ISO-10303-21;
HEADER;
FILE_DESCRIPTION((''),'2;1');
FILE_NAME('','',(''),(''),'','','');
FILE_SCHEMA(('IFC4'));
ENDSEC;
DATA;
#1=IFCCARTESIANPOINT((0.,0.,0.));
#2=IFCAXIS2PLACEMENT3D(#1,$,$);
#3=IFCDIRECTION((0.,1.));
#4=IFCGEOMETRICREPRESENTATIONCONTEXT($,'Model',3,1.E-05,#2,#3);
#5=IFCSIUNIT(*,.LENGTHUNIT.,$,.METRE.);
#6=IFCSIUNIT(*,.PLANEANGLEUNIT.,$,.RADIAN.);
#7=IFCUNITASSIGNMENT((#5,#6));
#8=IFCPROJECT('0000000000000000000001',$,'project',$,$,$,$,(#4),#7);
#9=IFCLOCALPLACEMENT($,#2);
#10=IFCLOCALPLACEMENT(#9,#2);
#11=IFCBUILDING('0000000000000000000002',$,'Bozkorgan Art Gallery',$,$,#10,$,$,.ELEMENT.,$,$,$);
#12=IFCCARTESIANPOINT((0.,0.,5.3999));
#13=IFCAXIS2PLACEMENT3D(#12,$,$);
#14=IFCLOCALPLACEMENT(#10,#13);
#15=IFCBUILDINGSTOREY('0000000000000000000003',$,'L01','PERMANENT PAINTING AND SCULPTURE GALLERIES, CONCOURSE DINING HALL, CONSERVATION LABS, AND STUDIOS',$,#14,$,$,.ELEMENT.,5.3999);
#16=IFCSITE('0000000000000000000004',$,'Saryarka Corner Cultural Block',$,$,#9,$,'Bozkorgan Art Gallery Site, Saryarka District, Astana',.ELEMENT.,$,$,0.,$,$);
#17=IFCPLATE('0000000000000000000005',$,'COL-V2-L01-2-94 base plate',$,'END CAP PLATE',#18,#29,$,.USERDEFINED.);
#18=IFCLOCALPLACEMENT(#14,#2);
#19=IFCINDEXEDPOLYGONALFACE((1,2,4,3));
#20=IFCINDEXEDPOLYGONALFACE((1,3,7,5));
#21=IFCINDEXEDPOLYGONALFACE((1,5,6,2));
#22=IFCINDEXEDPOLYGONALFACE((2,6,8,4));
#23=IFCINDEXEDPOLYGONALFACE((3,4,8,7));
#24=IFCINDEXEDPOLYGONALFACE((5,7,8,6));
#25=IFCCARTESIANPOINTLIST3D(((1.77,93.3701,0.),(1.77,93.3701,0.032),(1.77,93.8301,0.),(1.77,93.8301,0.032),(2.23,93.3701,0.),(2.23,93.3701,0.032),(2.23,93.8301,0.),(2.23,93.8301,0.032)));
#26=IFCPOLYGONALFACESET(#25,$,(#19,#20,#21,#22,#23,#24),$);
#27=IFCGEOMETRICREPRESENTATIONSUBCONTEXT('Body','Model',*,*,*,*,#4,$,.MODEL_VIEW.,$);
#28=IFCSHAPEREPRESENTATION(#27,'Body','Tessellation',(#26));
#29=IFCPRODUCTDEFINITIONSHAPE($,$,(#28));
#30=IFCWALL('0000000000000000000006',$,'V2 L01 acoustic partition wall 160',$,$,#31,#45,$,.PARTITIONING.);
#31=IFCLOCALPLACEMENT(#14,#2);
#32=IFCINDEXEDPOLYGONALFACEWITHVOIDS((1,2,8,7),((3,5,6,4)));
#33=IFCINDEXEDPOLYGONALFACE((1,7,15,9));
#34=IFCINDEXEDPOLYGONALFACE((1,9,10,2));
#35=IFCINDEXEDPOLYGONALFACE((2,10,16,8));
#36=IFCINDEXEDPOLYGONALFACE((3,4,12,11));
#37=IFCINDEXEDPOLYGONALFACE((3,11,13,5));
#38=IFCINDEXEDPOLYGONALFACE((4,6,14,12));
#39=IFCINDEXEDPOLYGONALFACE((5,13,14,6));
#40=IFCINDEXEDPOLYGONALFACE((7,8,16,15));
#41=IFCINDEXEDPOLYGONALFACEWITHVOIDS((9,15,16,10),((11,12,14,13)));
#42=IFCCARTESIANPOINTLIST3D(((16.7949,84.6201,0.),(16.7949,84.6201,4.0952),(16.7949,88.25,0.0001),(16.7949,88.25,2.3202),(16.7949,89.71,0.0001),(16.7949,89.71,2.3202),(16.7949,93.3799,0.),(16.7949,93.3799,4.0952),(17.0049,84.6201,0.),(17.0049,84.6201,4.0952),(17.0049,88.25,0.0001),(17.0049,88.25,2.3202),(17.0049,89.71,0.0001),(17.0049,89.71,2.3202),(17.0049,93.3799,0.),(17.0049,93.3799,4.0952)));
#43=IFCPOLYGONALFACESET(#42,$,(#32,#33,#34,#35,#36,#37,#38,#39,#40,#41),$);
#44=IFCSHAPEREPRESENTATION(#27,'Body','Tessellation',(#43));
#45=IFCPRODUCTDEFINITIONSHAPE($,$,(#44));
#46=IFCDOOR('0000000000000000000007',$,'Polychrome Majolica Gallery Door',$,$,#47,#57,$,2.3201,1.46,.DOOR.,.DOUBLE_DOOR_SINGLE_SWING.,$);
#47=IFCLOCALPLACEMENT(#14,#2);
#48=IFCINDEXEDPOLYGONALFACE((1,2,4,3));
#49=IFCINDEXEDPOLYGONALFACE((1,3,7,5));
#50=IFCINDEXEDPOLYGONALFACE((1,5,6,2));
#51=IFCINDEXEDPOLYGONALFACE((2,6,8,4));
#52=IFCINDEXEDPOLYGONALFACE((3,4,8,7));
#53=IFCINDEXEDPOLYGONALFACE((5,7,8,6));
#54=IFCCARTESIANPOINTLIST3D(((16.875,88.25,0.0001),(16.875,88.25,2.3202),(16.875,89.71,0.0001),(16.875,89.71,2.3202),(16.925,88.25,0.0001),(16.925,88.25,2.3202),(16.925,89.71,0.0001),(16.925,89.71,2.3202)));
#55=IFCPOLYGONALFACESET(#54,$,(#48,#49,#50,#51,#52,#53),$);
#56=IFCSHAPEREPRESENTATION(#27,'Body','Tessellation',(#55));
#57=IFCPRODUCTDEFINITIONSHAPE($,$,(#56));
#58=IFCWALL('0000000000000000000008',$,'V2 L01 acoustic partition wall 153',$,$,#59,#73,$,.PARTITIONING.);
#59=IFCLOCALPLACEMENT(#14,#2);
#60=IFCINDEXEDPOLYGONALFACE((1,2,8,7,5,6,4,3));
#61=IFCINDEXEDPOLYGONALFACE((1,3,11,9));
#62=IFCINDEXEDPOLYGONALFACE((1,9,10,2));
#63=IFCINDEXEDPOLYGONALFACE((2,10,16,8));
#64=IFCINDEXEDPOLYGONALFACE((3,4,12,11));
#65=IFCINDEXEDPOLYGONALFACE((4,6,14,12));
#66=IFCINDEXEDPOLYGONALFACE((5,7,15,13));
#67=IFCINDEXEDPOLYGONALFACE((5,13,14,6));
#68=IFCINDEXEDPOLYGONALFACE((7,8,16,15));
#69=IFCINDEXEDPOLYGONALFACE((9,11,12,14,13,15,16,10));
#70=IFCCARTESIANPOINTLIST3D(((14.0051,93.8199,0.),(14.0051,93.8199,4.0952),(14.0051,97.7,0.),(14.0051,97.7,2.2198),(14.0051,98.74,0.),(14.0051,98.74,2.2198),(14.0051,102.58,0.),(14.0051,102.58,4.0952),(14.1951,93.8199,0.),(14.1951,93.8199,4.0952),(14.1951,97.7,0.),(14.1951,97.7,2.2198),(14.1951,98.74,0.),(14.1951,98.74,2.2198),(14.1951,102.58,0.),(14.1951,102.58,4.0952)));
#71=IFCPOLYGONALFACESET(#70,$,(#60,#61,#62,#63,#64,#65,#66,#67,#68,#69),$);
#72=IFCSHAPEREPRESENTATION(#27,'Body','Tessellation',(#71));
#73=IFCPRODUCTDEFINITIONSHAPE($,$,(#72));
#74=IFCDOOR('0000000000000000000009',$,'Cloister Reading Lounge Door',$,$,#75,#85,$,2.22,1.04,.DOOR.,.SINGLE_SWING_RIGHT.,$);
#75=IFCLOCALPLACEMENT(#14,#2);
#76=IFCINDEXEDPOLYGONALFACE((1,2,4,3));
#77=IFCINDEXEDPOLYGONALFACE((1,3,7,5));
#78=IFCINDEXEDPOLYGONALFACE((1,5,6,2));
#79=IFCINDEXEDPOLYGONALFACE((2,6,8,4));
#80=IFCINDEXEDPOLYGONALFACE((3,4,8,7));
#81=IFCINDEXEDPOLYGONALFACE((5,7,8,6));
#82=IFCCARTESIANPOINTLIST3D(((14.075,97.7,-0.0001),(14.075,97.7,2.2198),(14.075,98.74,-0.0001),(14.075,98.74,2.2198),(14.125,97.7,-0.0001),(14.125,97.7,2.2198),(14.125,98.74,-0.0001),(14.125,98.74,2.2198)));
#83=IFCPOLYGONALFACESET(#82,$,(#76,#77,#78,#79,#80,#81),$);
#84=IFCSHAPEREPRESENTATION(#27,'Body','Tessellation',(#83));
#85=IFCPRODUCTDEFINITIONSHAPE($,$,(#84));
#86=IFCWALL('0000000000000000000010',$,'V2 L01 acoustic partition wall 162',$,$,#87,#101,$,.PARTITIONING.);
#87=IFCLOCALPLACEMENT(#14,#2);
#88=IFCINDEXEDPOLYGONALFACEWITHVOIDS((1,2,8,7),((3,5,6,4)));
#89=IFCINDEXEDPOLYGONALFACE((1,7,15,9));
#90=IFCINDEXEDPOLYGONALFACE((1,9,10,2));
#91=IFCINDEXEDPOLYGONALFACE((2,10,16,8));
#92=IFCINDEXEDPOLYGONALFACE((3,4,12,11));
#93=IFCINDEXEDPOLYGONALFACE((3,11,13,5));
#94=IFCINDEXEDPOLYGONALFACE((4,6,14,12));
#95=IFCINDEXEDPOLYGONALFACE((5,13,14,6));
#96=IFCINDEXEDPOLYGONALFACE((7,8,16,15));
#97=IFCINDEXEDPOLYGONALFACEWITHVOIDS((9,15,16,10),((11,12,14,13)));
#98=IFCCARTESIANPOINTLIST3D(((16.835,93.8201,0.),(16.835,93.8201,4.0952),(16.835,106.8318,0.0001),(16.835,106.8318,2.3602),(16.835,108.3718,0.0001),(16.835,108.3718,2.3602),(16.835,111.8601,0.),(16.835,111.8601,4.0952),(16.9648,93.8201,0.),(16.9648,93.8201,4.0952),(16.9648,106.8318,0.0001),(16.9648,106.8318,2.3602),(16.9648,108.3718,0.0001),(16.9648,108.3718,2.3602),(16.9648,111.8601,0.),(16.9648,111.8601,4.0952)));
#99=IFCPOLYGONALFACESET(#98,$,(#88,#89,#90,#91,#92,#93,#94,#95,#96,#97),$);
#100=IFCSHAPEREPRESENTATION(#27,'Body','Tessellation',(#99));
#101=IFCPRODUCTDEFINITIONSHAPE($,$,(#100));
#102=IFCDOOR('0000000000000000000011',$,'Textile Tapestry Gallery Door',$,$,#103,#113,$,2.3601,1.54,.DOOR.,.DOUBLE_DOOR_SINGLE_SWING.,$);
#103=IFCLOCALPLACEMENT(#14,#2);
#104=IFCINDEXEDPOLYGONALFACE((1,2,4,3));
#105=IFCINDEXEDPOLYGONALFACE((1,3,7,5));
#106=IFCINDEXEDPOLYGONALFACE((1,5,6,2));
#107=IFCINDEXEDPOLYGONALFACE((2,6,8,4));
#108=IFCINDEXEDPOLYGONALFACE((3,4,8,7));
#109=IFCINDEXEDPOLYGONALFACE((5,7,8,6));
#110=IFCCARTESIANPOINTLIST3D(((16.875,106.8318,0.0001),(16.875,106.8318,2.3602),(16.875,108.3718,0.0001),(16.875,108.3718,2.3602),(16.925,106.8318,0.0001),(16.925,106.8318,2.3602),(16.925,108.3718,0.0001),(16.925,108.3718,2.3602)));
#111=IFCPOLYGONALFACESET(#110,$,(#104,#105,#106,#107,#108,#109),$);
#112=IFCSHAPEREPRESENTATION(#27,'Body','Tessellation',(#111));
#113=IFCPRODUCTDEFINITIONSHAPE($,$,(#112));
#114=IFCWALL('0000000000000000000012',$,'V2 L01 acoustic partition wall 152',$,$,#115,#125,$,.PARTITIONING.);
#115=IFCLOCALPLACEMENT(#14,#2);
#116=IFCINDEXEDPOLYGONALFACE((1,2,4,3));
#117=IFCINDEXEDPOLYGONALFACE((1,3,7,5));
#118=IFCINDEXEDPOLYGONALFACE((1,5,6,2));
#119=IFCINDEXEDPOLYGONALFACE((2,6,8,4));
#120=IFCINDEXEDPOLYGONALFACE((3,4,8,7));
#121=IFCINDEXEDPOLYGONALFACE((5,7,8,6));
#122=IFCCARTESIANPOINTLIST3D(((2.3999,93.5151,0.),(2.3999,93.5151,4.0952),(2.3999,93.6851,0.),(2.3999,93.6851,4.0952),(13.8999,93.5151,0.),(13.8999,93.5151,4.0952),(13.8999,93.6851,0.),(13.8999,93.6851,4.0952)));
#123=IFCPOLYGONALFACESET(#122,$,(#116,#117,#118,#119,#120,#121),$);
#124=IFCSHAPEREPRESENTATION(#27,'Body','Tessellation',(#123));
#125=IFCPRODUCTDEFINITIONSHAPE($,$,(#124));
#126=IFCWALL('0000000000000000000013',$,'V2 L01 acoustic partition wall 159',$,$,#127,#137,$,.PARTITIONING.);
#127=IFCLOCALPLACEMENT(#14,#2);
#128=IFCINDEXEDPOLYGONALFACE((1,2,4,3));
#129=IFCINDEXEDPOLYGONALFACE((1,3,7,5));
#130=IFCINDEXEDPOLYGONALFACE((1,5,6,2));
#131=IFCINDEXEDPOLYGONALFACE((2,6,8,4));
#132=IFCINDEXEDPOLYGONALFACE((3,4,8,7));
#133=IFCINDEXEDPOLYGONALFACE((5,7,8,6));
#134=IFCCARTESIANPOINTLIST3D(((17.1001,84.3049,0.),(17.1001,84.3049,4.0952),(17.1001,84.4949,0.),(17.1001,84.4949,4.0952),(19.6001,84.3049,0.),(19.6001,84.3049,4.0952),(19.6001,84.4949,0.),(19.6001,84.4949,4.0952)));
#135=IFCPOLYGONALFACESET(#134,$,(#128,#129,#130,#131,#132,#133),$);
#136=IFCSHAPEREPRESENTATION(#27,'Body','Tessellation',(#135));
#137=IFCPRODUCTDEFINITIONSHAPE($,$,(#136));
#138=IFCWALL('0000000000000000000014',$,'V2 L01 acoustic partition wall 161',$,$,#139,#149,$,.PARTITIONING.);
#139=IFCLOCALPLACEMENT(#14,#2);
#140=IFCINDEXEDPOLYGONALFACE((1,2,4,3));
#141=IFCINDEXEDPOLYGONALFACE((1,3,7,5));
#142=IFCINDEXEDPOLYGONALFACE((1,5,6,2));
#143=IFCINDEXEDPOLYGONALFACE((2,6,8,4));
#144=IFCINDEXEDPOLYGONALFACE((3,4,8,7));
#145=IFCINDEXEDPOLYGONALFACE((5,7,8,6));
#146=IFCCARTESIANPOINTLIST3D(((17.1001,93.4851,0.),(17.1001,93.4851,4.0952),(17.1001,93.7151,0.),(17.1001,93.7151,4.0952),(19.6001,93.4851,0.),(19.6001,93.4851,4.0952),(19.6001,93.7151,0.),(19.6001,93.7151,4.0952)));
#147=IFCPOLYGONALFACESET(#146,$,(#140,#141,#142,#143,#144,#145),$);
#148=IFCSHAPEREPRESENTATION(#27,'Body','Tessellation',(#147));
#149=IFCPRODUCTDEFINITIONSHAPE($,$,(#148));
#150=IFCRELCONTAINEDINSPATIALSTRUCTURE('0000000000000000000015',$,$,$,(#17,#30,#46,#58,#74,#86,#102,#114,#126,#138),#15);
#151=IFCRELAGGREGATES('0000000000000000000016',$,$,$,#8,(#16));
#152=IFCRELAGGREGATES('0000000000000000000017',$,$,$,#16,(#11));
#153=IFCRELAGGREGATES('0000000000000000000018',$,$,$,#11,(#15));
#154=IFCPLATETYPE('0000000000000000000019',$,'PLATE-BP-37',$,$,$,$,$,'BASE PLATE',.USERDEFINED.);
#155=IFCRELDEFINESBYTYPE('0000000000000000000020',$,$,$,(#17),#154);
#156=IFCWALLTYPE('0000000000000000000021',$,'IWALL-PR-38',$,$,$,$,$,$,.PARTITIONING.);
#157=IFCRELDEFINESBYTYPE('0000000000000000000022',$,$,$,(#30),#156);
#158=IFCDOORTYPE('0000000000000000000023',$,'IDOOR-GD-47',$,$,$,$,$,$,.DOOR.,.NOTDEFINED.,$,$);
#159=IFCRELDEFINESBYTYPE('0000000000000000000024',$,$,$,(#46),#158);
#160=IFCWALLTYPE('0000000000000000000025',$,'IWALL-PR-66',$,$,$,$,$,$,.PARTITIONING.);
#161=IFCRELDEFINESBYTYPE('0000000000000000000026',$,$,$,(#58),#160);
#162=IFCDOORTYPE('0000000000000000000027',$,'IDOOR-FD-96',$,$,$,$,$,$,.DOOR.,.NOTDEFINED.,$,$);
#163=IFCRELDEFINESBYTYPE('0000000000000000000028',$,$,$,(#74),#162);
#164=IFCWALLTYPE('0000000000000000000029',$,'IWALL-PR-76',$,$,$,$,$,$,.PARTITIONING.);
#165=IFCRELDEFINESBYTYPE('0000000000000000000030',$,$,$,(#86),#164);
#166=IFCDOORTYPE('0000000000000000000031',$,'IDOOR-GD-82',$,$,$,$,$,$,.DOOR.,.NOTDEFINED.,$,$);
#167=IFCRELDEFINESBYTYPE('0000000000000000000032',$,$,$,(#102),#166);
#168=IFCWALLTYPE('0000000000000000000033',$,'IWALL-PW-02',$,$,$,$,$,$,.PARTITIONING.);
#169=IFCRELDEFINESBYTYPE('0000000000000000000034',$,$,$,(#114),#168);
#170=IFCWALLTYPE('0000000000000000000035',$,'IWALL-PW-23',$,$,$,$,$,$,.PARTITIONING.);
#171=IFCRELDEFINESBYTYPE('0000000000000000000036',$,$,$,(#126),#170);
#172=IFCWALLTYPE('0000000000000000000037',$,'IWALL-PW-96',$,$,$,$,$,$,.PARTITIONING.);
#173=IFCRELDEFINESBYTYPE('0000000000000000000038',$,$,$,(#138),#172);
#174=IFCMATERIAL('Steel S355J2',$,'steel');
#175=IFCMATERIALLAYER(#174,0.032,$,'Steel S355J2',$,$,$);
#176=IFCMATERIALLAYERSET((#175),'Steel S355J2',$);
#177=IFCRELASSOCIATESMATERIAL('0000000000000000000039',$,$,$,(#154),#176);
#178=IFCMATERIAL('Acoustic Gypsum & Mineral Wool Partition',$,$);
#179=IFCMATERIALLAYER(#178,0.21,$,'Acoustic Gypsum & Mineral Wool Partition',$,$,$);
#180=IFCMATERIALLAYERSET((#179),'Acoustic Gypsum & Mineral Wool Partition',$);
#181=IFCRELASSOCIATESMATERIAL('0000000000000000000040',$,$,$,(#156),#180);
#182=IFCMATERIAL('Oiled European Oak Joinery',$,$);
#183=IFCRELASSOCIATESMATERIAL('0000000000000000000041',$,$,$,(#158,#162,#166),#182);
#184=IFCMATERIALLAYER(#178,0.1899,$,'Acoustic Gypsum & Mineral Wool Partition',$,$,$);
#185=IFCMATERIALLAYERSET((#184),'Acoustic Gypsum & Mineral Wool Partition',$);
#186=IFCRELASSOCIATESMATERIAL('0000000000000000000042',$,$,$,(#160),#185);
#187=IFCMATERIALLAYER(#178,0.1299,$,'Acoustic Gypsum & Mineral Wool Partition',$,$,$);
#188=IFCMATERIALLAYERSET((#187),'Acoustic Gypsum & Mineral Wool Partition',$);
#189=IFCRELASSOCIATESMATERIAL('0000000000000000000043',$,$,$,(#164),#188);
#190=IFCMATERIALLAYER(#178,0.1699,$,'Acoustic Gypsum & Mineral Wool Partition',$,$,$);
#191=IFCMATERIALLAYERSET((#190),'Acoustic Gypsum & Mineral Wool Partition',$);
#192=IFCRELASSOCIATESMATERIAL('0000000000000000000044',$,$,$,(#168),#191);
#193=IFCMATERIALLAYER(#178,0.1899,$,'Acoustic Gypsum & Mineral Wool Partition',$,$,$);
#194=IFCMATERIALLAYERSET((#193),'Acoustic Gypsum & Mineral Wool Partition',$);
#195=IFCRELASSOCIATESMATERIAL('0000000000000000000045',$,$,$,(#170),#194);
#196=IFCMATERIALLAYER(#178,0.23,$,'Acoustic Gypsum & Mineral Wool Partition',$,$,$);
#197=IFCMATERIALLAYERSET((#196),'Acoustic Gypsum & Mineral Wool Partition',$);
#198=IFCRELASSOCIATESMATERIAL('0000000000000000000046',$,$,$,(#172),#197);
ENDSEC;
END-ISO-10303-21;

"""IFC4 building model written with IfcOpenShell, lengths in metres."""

from ifc_helpers import new_model, si_unit, direction, frame, frame_2d, origin, origin_2d, place, context, subcontext, project, spatial, rectangle, extrude, material, layer, layer_set, type_object, element, fill, save


model = new_model("IFC4")

# Units and contexts
model_context = context("Model", 3, precision=1e-05, world=origin(), true_north=direction((0.0, 1.0)))
body_context = subcontext(model_context, "Body", "Model", "MODEL_VIEW")
ifc_project = project(units=[si_unit("LENGTHUNIT", "METRE"), si_unit("PLANEANGLEUNIT", "RADIAN")], contexts=[model_context])

# Site, building, storey
site_placement = place(None, origin())
site = spatial("IfcSite", under=ifc_project, at=site_placement, Name="Saryarka Corner Cultural Block", LongName="Bozkorgan Art Gallery Site, Saryarka District, Astana", CompositionType="ELEMENT", RefElevation=0.0)
building_placement = place(site_placement, origin())
building = spatial("IfcBuilding", under=site, at=building_placement, Name="Bozkorgan Art Gallery", CompositionType="ELEMENT")
storey_placement = place(building_placement, frame((0.0, 0.0, 5.3999)))
storey = spatial("IfcBuildingStorey", under=building, at=storey_placement, Name="L01", Description="PERMANENT PAINTING AND SCULPTURE GALLERIES, CONCOURSE DINING HALL, CONSERVATION LABS, AND STUDIOS", CompositionType="ELEMENT", Elevation=5.3999)

# Shared definitions
ifc_material_1 = material(Name="Steel S355J2", Category="steel")

# Plate
ifc_layer_1 = layer(ifc_material_1, 0.032, Name="Steel S355J2")
ifc_layer_set_1 = layer_set([ifc_layer_1], Name="Steel S355J2")
plate_type_1 = type_object("IfcPlateType", Name="PLATE-BP-37", ElementType="BASE PLATE", PredefinedType="USERDEFINED", material=ifc_layer_set_1)
plate_1_placement = place(storey_placement, frame((2.0, 93.6001, 0.0), z_axis=(0.0, 0.0, 1.0), x_axis=(1.0, 0.0, 0.0)))
element("IfcPlate", 1, at=plate_1_placement, inside=storey, type_object=plate_type_1, Name="COL-V2-L01-2-94 base plate", ObjectType="END CAP PLATE", PredefinedType="USERDEFINED", context=body_context, shape_type="SweptSolid", body=[
    extrude(rectangle(XDim=0.46, YDim=0.46, at=origin_2d()), origin(), (0.0, 0.0, 1.0), 0.032),
])

# Walls, openings, doors
ifc_material_2 = material(Name="Acoustic Gypsum & Mineral Wool Partition")
ifc_layer_2 = layer(ifc_material_2, 0.21, Name="Acoustic Gypsum & Mineral Wool Partition")
ifc_layer_set_2 = layer_set([ifc_layer_2], Name="Acoustic Gypsum & Mineral Wool Partition")
wall_type_1 = type_object("IfcWallType", Name="IWALL-PR-38", PredefinedType="PARTITIONING", material=ifc_layer_set_2)
wall_1_placement = place(storey_placement, frame((16.8999, 84.6201, 0.0), z_axis=(0.0, 0.0, 1.0), x_axis=(0.0, 1.0, 0.0)))
wall_1 = element("IfcWall", 2, at=wall_1_placement, inside=storey, type_object=wall_type_1, Name="V2 L01 acoustic partition wall 160", PredefinedType="PARTITIONING", context=body_context, shape_type="SweptSolid", body=[
    extrude(rectangle(XDim=8.7598, YDim=0.21, at=frame_2d((4.3799, 0.0))), origin(), (0.0, 0.0, 1.0), 4.0952),
])
opening_1_placement = place(wall_1_placement, frame((3.6299, 0.0, 0.0)))
opening_1 = element("IfcOpeningElement", 3, at=opening_1_placement, cuts=wall_1, PredefinedType="OPENING", context=body_context, shape_type="SweptSolid", body=[
    extrude(rectangle(XDim=1.46, YDim=2.3201, at=frame_2d((0.73, 1.1602))), frame((0.0, 0.115, 0.0), z_axis=(0.0, -1.0, 0.0), x_axis=(1.0, 0.0, 0.0)), (0.0, 0.0, 1.0), 0.23),
])
ifc_material_3 = material(Name="Oiled European Oak Joinery")
door_type_1 = type_object("IfcDoorType", Name="IDOOR-GD-47", OperationType="NOTDEFINED", PredefinedType="DOOR", material=ifc_material_3)
door_1_placement = place(opening_1_placement, origin())
door_1 = element("IfcDoor", 4, at=door_1_placement, inside=storey, type_object=door_type_1, Name="Polychrome Majolica Gallery Door", OperationType="DOUBLE_DOOR_SINGLE_SWING", OverallHeight=2.3201, OverallWidth=1.46, PredefinedType="DOOR", context=body_context, shape_type="SweptSolid", body=[
    extrude(rectangle(XDim=1.46, YDim=2.3201, at=frame_2d((0.73, 1.1602))), frame((0.0, 0.0249, 0.0), z_axis=(0.0, -1.0, 0.0), x_axis=(1.0, 0.0, 0.0)), (0.0, 0.0, 1.0), 0.05),
])
fill(opening_1, door_1)
ifc_layer_3 = layer(ifc_material_2, 0.1899, Name="Acoustic Gypsum & Mineral Wool Partition")
ifc_layer_set_3 = layer_set([ifc_layer_3], Name="Acoustic Gypsum & Mineral Wool Partition")
wall_type_2 = type_object("IfcWallType", Name="IWALL-PR-66", PredefinedType="PARTITIONING", material=ifc_layer_set_3)
wall_2_placement = place(storey_placement, frame((14.1001, 93.8201, 0.0), z_axis=(0.0, 0.0, 1.0), x_axis=(0.0, 1.0, 0.0)))
wall_2 = element("IfcWall", 5, at=wall_2_placement, inside=storey, type_object=wall_type_2, Name="V2 L01 acoustic partition wall 153", PredefinedType="PARTITIONING", context=body_context, shape_type="SweptSolid", body=[
    extrude(rectangle(XDim=8.76, YDim=0.1899, at=frame_2d((4.3799, 0.0))), origin(), (0.0, 0.0, 1.0), 4.0952),
])
opening_2_placement = place(wall_2_placement, frame((4.9199, 0.0, 0.0), z_axis=(0.0, 0.0, 1.0), x_axis=(-1.0, 0.0, 0.0)))
opening_2 = element("IfcOpeningElement", 6, at=opening_2_placement, cuts=wall_2, PredefinedType="OPENING", context=body_context, shape_type="SweptSolid", body=[
    extrude(rectangle(XDim=1.04, YDim=2.22, at=frame_2d((0.52, 1.1099))), frame((0.0, 0.105, 0.0), z_axis=(0.0, -1.0, 0.0), x_axis=(1.0, 0.0, 0.0)), (0.0, 0.0, 1.0), 0.21),
])
door_type_2 = type_object("IfcDoorType", Name="IDOOR-FD-96", OperationType="NOTDEFINED", PredefinedType="DOOR", material=ifc_material_3)
door_2_placement = place(opening_2_placement, origin())
door_2 = element("IfcDoor", 7, at=door_2_placement, inside=storey, type_object=door_type_2, Name="Cloister Reading Lounge Door", OperationType="SINGLE_SWING_RIGHT", OverallHeight=2.22, OverallWidth=1.04, PredefinedType="DOOR", context=body_context, shape_type="SweptSolid", body=[
    extrude(rectangle(XDim=1.04, YDim=2.22, at=frame_2d((0.52, 1.1099))), frame((0.0, 0.0249, 0.0), z_axis=(0.0, -1.0, 0.0), x_axis=(1.0, 0.0, 0.0)), (0.0, 0.0, 1.0), 0.05),
])
fill(opening_2, door_2)
ifc_layer_4 = layer(ifc_material_2, 0.1299, Name="Acoustic Gypsum & Mineral Wool Partition")
ifc_layer_set_4 = layer_set([ifc_layer_4], Name="Acoustic Gypsum & Mineral Wool Partition")
wall_type_3 = type_object("IfcWallType", Name="IWALL-PR-76", PredefinedType="PARTITIONING", material=ifc_layer_set_4)
wall_3_placement = place(storey_placement, frame((16.8999, 93.8201, 0.0), z_axis=(0.0, 0.0, 1.0), x_axis=(0.0, 1.0, 0.0)))
wall_3 = element("IfcWall", 8, at=wall_3_placement, inside=storey, type_object=wall_type_3, Name="V2 L01 acoustic partition wall 162", PredefinedType="PARTITIONING", context=body_context, shape_type="SweptSolid", body=[
    extrude(rectangle(XDim=18.04, YDim=0.1299, at=frame_2d((9.02, 0.0))), origin(), (0.0, 0.0, 1.0), 4.0952),
])
opening_3_placement = place(wall_3_placement, frame((13.0117, 0.0, 0.0)))
opening_3 = element("IfcOpeningElement", 9, at=opening_3_placement, cuts=wall_3, PredefinedType="OPENING", context=body_context, shape_type="SweptSolid", body=[
    extrude(rectangle(XDim=1.54, YDim=2.3601, at=frame_2d((0.77, 1.1802))), frame((0.0, 0.075, 0.0), z_axis=(0.0, -1.0, 0.0), x_axis=(1.0, 0.0, 0.0)), (0.0, 0.0, 1.0), 0.1499),
])
door_type_3 = type_object("IfcDoorType", Name="IDOOR-GD-82", OperationType="NOTDEFINED", PredefinedType="DOOR", material=ifc_material_3)
door_3_placement = place(opening_3_placement, origin())
door_3 = element("IfcDoor", 10, at=door_3_placement, inside=storey, type_object=door_type_3, Name="Textile Tapestry Gallery Door", OperationType="DOUBLE_DOOR_SINGLE_SWING", OverallHeight=2.3601, OverallWidth=1.54, PredefinedType="DOOR", context=body_context, shape_type="SweptSolid", body=[
    extrude(rectangle(XDim=1.54, YDim=2.3601, at=frame_2d((0.77, 1.1802))), frame((0.0, 0.0249, 0.0), z_axis=(0.0, -1.0, 0.0), x_axis=(1.0, 0.0, 0.0)), (0.0, 0.0, 1.0), 0.05),
])
fill(opening_3, door_3)

# Walls
ifc_layer_5 = layer(ifc_material_2, 0.1699, Name="Acoustic Gypsum & Mineral Wool Partition")
ifc_layer_set_5 = layer_set([ifc_layer_5], Name="Acoustic Gypsum & Mineral Wool Partition")
wall_type_4 = type_object("IfcWallType", Name="IWALL-PW-02", PredefinedType="PARTITIONING", material=ifc_layer_set_5)
wall_4_placement = place(storey_placement, frame((2.3999, 93.6001, 0.0), z_axis=(0.0, 0.0, 1.0), x_axis=(1.0, 0.0, 0.0)))
element("IfcWall", 11, at=wall_4_placement, inside=storey, type_object=wall_type_4, Name="V2 L01 acoustic partition wall 152", PredefinedType="PARTITIONING", context=body_context, shape_type="SweptSolid", body=[
    extrude(rectangle(XDim=11.5, YDim=0.1699, at=frame_2d((5.75, 0.0))), origin(), (0.0, 0.0, 1.0), 4.0952),
])
ifc_layer_6 = layer(ifc_material_2, 0.1899, Name="Acoustic Gypsum & Mineral Wool Partition")
ifc_layer_set_6 = layer_set([ifc_layer_6], Name="Acoustic Gypsum & Mineral Wool Partition")
wall_type_5 = type_object("IfcWallType", Name="IWALL-PW-23", PredefinedType="PARTITIONING", material=ifc_layer_set_6)
wall_5_placement = place(storey_placement, frame((17.1001, 84.3999, 0.0), z_axis=(0.0, 0.0, 1.0), x_axis=(1.0, 0.0, 0.0)))
element("IfcWall", 12, at=wall_5_placement, inside=storey, type_object=wall_type_5, Name="V2 L01 acoustic partition wall 159", PredefinedType="PARTITIONING", context=body_context, shape_type="SweptSolid", body=[
    extrude(rectangle(XDim=2.5, YDim=0.1899, at=frame_2d((1.25, 0.0))), origin(), (0.0, 0.0, 1.0), 4.0952),
])
ifc_layer_7 = layer(ifc_material_2, 0.23, Name="Acoustic Gypsum & Mineral Wool Partition")
ifc_layer_set_7 = layer_set([ifc_layer_7], Name="Acoustic Gypsum & Mineral Wool Partition")
wall_type_6 = type_object("IfcWallType", Name="IWALL-PW-96", PredefinedType="PARTITIONING", material=ifc_layer_set_7)
wall_6_placement = place(storey_placement, frame((17.1001, 93.6001, 0.0), z_axis=(0.0, 0.0, 1.0), x_axis=(1.0, 0.0, 0.0)))
element("IfcWall", 13, at=wall_6_placement, inside=storey, type_object=wall_type_6, Name="V2 L01 acoustic partition wall 161", PredefinedType="PARTITIONING", context=body_context, shape_type="SweptSolid", body=[
    extrude(rectangle(XDim=2.5, YDim=0.23, at=frame_2d((1.25, 0.0))), origin(), (0.0, 0.0, 1.0), 4.0952),
])

save(model, "model.ifc")
